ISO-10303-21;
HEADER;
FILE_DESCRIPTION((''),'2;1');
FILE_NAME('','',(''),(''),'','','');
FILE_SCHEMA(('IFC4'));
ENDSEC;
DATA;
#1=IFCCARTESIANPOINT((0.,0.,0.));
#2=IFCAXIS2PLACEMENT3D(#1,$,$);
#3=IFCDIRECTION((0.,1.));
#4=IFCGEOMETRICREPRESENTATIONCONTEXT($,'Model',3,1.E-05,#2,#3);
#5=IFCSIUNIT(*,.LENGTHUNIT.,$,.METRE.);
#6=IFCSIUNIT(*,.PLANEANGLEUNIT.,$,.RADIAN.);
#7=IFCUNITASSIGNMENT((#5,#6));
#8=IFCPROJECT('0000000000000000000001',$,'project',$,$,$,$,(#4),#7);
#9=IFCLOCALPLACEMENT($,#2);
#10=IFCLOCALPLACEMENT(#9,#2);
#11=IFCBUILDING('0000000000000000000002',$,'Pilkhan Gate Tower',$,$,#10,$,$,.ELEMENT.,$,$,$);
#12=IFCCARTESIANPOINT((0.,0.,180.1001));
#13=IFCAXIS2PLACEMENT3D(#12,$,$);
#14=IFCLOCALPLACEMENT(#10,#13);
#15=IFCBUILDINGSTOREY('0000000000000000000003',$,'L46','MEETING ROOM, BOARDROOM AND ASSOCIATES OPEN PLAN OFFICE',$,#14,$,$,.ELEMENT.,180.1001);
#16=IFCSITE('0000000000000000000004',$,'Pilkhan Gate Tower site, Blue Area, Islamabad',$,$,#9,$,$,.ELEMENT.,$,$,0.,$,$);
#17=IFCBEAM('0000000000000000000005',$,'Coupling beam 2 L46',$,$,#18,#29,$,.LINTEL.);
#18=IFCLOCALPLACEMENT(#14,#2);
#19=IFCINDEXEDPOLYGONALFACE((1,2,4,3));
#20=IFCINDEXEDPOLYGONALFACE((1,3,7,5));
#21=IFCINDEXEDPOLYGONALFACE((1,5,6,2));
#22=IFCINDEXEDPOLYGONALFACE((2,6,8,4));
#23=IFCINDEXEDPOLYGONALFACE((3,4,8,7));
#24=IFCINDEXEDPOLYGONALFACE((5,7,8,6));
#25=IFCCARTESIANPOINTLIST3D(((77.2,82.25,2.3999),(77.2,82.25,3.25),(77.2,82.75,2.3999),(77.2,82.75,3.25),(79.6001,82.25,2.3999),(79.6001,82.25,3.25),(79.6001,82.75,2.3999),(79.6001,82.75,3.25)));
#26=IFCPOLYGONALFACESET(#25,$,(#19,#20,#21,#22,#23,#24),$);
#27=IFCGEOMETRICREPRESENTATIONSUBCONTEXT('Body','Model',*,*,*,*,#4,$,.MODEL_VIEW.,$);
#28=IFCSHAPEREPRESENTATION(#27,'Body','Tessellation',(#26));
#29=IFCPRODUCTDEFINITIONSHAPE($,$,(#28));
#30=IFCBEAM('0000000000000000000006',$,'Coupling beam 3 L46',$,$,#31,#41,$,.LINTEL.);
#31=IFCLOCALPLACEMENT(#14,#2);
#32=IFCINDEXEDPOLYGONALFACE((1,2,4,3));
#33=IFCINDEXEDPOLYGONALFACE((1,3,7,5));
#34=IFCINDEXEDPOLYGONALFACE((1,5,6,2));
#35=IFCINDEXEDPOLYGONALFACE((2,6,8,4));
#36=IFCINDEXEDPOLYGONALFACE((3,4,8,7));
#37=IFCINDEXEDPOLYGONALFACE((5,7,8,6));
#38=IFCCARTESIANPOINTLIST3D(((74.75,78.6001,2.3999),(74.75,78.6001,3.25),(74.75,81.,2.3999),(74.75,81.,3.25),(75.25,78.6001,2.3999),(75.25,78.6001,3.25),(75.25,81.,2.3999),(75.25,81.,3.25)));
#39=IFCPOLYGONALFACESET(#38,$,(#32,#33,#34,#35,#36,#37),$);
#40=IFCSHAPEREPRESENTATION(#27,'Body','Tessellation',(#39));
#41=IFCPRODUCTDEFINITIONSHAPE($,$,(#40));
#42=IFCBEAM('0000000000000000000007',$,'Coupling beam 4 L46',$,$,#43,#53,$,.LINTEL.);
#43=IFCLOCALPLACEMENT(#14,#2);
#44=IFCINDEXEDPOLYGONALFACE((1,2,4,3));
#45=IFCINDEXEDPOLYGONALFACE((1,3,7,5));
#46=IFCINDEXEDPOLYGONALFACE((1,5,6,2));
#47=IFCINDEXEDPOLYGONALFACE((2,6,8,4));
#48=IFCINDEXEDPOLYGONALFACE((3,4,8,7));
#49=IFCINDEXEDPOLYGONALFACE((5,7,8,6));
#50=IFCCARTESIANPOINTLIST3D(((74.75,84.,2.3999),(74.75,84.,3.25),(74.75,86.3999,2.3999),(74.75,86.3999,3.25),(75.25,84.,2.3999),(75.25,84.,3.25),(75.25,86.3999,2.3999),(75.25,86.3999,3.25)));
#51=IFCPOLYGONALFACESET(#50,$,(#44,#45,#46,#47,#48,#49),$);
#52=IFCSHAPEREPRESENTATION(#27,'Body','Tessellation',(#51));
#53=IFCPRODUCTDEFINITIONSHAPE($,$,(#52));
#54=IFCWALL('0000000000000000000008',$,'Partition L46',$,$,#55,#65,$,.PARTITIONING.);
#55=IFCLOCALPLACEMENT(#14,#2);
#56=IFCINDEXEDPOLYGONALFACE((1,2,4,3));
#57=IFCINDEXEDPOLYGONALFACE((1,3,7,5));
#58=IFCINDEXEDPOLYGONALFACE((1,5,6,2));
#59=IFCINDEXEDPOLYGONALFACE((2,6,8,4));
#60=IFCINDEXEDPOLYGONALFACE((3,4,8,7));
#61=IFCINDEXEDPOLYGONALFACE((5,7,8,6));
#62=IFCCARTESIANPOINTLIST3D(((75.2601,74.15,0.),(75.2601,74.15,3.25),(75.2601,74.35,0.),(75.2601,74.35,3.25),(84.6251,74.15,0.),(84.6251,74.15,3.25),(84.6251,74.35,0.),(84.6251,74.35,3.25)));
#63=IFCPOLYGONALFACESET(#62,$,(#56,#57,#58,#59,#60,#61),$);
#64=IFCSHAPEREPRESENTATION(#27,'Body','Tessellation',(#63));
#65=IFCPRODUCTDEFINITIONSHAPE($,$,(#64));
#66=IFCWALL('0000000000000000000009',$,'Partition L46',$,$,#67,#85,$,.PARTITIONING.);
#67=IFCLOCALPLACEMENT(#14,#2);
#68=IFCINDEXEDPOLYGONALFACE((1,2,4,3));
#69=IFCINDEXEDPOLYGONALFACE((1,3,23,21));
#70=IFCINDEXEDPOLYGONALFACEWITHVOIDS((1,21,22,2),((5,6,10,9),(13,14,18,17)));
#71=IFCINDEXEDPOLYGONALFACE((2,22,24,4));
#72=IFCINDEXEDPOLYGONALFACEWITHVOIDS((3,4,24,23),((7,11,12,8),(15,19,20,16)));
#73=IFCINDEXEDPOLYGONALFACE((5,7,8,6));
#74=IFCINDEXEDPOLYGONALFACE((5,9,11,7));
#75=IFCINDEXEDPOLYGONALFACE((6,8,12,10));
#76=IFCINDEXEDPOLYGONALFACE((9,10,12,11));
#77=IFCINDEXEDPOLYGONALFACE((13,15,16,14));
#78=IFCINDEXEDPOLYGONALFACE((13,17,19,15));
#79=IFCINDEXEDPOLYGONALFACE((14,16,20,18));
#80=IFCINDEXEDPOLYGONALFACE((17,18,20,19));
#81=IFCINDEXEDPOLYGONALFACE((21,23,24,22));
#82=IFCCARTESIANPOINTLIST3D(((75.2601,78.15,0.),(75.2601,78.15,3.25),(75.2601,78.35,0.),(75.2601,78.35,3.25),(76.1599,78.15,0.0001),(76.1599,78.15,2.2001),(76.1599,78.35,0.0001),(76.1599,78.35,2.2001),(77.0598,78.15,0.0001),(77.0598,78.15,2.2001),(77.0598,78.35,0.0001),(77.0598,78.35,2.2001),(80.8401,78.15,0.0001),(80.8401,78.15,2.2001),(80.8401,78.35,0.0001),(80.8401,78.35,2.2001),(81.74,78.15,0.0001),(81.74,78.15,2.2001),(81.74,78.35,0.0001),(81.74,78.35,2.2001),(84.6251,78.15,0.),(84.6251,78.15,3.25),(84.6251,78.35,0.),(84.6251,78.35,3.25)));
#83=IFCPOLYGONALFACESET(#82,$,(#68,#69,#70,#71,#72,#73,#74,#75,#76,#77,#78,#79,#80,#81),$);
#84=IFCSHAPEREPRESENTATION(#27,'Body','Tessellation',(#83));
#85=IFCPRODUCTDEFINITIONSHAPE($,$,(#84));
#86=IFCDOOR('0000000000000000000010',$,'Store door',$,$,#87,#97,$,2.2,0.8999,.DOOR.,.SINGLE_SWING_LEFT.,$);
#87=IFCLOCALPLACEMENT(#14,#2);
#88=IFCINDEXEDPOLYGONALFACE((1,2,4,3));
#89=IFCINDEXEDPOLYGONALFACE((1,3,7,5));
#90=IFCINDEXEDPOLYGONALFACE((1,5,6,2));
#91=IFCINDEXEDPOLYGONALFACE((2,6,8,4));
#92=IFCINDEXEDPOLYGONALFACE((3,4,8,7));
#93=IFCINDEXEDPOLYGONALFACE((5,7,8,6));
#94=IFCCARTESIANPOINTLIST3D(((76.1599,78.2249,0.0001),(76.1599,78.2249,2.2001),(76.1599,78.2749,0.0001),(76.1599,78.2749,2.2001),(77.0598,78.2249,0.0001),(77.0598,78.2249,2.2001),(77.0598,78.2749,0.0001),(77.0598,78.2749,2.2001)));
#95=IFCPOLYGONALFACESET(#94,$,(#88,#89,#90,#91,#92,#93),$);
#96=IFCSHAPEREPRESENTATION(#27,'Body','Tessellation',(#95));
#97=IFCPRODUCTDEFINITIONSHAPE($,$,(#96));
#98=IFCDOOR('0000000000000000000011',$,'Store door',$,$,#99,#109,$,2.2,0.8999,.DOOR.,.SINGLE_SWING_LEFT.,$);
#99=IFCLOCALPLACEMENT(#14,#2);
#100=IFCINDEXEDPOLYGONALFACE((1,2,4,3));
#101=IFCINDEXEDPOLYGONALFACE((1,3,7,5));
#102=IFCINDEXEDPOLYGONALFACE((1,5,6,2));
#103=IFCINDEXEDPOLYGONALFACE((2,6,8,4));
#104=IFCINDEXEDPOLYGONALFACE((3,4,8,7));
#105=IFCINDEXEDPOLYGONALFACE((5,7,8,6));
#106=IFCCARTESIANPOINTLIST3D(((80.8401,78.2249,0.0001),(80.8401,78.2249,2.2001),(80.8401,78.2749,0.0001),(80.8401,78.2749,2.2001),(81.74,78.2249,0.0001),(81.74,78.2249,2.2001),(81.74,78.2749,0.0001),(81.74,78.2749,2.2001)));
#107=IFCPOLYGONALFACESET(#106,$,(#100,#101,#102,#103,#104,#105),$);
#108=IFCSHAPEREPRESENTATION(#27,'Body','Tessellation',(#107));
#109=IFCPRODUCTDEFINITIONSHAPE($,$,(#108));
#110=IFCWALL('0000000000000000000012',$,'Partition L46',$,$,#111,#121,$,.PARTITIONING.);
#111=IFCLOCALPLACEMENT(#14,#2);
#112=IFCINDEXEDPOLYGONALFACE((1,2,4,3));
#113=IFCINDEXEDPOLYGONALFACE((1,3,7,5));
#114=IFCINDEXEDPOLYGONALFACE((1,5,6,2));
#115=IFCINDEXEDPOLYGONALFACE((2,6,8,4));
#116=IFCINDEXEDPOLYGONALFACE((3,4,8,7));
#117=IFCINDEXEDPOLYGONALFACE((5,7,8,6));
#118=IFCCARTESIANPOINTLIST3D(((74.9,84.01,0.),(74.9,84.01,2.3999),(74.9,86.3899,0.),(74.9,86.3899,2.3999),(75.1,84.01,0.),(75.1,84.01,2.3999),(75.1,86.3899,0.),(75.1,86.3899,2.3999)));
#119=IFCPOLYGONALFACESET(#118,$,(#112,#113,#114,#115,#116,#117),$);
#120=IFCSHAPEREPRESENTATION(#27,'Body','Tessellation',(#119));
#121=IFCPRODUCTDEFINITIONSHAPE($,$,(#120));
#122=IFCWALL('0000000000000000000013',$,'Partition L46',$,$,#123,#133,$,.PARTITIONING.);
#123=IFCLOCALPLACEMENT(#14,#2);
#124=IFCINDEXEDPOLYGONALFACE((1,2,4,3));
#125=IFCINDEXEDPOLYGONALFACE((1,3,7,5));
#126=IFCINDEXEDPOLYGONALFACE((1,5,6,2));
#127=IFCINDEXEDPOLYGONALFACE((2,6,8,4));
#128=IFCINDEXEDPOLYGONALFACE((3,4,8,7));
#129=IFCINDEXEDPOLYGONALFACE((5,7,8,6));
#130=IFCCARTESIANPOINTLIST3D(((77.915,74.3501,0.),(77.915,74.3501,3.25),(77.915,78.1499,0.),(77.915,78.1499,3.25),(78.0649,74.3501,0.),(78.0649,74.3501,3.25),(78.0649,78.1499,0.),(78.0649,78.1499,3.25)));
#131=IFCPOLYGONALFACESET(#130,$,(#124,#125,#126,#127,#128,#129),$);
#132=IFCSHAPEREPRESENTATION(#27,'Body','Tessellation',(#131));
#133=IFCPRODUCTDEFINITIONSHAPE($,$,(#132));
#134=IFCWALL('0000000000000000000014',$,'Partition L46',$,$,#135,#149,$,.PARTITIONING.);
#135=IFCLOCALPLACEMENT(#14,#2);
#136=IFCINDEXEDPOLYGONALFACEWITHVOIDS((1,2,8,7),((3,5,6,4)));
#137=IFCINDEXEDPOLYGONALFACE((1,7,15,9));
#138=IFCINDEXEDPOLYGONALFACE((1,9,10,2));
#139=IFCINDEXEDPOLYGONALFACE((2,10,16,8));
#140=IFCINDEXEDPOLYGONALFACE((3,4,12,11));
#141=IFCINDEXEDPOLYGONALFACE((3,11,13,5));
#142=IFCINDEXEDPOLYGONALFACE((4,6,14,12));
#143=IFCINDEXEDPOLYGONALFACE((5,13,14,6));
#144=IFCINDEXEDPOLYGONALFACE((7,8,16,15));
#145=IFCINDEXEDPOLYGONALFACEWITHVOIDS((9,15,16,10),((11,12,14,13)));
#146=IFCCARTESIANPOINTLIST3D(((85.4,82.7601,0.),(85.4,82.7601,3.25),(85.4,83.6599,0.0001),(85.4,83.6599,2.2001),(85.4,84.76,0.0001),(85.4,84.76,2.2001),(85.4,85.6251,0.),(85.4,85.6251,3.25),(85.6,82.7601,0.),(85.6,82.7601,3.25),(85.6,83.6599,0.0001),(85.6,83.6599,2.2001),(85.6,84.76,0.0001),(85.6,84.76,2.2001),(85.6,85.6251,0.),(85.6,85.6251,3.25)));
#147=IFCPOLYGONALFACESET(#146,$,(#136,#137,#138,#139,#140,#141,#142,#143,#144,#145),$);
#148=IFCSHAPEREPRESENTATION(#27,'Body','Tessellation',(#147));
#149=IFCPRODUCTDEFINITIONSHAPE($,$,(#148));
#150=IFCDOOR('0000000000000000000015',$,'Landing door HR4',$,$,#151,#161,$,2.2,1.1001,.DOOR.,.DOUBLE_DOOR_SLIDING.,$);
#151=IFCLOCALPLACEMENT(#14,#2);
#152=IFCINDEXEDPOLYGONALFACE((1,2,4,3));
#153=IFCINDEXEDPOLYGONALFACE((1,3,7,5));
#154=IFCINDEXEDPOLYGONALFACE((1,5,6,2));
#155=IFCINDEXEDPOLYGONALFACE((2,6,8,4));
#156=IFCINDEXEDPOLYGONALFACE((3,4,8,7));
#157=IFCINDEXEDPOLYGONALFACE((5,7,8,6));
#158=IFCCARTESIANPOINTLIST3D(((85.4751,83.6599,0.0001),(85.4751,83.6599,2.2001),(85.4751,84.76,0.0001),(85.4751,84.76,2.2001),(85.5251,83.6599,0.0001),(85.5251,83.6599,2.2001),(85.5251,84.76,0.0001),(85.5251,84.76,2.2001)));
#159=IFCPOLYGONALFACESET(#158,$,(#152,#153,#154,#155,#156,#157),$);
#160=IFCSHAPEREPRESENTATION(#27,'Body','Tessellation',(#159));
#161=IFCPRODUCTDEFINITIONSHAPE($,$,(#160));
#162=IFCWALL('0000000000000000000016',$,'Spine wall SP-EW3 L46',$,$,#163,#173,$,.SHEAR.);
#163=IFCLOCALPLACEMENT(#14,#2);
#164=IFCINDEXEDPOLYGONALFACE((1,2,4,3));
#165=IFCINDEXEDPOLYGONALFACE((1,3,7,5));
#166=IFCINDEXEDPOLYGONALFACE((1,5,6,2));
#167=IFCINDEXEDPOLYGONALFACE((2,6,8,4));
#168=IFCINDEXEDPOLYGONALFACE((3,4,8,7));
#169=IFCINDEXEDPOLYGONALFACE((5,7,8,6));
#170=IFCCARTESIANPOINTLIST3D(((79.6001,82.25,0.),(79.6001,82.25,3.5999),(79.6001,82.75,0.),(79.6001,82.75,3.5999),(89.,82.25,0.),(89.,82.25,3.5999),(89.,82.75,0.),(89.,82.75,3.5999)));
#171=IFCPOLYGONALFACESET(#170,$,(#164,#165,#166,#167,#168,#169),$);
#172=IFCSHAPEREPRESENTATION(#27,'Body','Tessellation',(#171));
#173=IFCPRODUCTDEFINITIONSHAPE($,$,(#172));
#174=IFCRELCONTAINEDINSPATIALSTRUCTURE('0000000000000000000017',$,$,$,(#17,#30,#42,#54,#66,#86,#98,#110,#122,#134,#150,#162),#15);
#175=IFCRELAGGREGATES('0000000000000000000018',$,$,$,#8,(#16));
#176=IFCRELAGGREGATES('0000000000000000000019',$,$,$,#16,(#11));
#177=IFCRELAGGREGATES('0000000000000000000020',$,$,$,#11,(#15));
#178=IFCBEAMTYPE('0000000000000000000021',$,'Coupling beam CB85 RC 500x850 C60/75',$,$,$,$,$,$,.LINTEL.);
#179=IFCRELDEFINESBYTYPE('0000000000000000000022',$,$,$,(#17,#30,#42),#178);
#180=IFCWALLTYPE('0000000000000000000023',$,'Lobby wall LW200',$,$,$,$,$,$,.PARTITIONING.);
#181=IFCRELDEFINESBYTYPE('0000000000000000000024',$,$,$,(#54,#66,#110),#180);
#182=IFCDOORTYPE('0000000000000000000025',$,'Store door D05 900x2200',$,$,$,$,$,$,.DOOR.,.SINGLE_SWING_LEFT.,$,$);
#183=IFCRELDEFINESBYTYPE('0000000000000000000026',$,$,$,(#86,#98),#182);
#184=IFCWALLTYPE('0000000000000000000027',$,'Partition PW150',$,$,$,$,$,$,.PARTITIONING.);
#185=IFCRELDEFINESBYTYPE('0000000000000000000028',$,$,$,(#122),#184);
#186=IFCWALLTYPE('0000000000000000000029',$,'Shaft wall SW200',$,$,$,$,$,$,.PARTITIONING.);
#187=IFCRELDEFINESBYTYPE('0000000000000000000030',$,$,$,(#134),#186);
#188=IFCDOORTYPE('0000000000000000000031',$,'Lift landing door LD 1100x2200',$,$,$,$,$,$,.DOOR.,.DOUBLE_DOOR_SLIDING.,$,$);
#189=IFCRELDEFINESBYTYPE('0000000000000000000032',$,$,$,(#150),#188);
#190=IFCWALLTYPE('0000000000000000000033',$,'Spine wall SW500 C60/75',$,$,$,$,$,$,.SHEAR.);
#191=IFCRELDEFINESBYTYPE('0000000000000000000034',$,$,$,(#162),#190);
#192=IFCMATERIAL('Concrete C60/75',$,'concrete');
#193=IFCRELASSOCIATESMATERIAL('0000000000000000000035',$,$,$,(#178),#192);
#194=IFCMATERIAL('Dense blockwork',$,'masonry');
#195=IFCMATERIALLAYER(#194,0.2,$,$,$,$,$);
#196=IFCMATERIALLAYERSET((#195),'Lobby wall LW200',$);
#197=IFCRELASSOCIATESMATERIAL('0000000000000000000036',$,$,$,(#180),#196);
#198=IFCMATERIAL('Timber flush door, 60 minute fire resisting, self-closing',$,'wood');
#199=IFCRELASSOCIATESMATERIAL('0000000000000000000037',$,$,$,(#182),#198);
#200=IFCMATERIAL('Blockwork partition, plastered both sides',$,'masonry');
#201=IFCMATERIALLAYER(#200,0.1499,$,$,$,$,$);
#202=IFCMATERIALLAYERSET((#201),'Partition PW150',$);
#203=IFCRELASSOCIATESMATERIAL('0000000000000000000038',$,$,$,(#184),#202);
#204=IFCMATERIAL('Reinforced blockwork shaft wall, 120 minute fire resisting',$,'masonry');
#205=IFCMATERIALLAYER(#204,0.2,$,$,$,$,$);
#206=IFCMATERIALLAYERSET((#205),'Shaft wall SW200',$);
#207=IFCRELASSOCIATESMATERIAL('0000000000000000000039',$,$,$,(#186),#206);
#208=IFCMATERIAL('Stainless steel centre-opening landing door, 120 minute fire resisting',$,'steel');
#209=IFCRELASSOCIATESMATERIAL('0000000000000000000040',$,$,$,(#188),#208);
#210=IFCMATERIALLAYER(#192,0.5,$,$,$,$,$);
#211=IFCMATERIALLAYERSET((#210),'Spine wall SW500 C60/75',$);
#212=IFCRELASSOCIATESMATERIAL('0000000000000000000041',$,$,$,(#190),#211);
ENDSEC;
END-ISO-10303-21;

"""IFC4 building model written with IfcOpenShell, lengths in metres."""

from ifc_helpers import new_model, si_unit, direction, frame, frame_2d, origin, origin_2d, place, context, subcontext, project, spatial, rectangle, extrude, material, layer, layer_set, material_profile, profile_set, type_object, element, fill, save


model = new_model("IFC4")

# Units and contexts
model_context = context("Model", 3, precision=1e-05, world=origin(), true_north=direction((0.0, 1.0)))
body_context = subcontext(model_context, "Body", "Model", "MODEL_VIEW")
ifc_project = project(units=[si_unit("LENGTHUNIT", "METRE"), si_unit("PLANEANGLEUNIT", "RADIAN")], contexts=[model_context])

# Site, building, storey
site_placement = place(None, origin())
site = spatial("IfcSite", under=ifc_project, at=site_placement, Name="Pilkhan Gate Tower site, Blue Area, Islamabad", CompositionType="ELEMENT", RefElevation=0.0)
building_placement = place(site_placement, origin())
building = spatial("IfcBuilding", under=site, at=building_placement, Name="Pilkhan Gate Tower", CompositionType="ELEMENT")
storey_placement = place(building_placement, frame((0.0, 0.0, 180.1001)))
storey = spatial("IfcBuildingStorey", under=building, at=storey_placement, Name="L46", Description="MEETING ROOM, BOARDROOM AND ASSOCIATES OPEN PLAN OFFICE", CompositionType="ELEMENT", Elevation=180.1001)

# Beams
ifc_material_1 = material(Name="Concrete C60/75", Category="concrete")
ifc_material_profile = material_profile(ifc_material_1, rectangle(XDim=0.5, YDim=0.8501, at=origin_2d()), Name="RC 500x850")
ifc_profile_set = profile_set([ifc_material_profile], Name="Concrete C60/75")
beam_type = type_object("IfcBeamType", Name="Coupling beam CB85 RC 500x850 C60/75", PredefinedType="LINTEL", material=ifc_profile_set)
beam_placement = place(storey_placement, frame((77.2, 82.5, 2.825), z_axis=(1.0, 0.0, 0.0), x_axis=(0.0, 1.0, 0.0)))
element("IfcBeam", 1, at=beam_placement, inside=storey, type_object=beam_type, Name="Coupling beam 2 L46", PredefinedType="LINTEL", context=body_context, shape_type="SweptSolid", body=[
    extrude(rectangle(XDim=0.5, YDim=0.8501, at=origin_2d()), origin(), (0.0, 0.0, 1.0), 2.4001),
])
for number, where, z_axis, x_axis, name in (
    (2, (75.0, 78.6001, 2.825), (0.0, 1.0, 0.0), (-1.0, 0.0, 0.0), "Coupling beam 3 L46"),
    (3, (75.0, 84.0, 2.825), (0.0, 1.0, 0.0), (-1.0, 0.0, 0.0), "Coupling beam 4 L46"),
):
    element("IfcBeam", number, at=place(storey_placement, frame(where, z_axis=z_axis, x_axis=x_axis)), inside=storey, type_object=beam_type, Name=name, PredefinedType="LINTEL", context=body_context, shape_type="SweptSolid", body=[
        extrude(rectangle(XDim=0.5, YDim=0.8501, at=origin_2d()), origin(), (0.0, 0.0, 1.0), 2.3999),
    ])

# Wall
ifc_material_2 = material(Name="Dense blockwork", Category="masonry")
ifc_layer_1 = layer(ifc_material_2, 0.2)
ifc_layer_set_1 = layer_set([ifc_layer_1], Name="Lobby wall LW200")
wall_type_1 = type_object("IfcWallType", Name="Lobby wall LW200", PredefinedType="PARTITIONING", material=ifc_layer_set_1)
wall_1_placement = place(storey_placement, frame((75.26, 74.25, 0.0), z_axis=(0.0, 0.0, 1.0), x_axis=(1.0, 0.0, 0.0)))
element("IfcWall", 4, at=wall_1_placement, inside=storey, type_object=wall_type_1, Name="Partition L46", PredefinedType="PARTITIONING", context=body_context, shape_type="SweptSolid", body=[
    extrude(rectangle(XDim=9.365, YDim=0.2, at=frame_2d((4.6826, 0.0))), origin(), (0.0, 0.0, 1.0), 3.25),
])

# Wall, openings, doors
wall_2_placement = place(storey_placement, frame((75.26, 78.25, 0.0), z_axis=(0.0, 0.0, 1.0), x_axis=(1.0, 0.0, 0.0)))
wall_2 = element("IfcWall", 5, at=wall_2_placement, inside=storey, type_object=wall_type_1, Name="Partition L46", PredefinedType="PARTITIONING", context=body_context, shape_type="SweptSolid", body=[
    extrude(rectangle(XDim=9.365, YDim=0.2, at=frame_2d((4.6826, 0.0))), origin(), (0.0, 0.0, 1.0), 3.25),
])
opening_1_placement = place(wall_2_placement, frame((0.8999, 0.0, 0.0)))
opening_1 = element("IfcOpeningElement", 6, at=opening_1_placement, cuts=wall_2, PredefinedType="OPENING", context=body_context, shape_type="SweptSolid", body=[
    extrude(rectangle(XDim=0.8999, YDim=2.2, at=frame_2d((0.45, 1.1001))), frame((0.0, 0.1099, 0.0), z_axis=(0.0, -1.0, 0.0), x_axis=(1.0, 0.0, 0.0)), (0.0, 0.0, 1.0), 0.22),
])
opening_2_placement = place(wall_2_placement, frame((5.5801, 0.0, 0.0)))
opening_2 = element("IfcOpeningElement", 7, at=opening_2_placement, cuts=wall_2, PredefinedType="OPENING", context=body_context, shape_type="SweptSolid", body=[
    extrude(rectangle(XDim=0.8999, YDim=2.2, at=frame_2d((0.45, 1.1001))), frame((0.0, 0.1099, 0.0), z_axis=(0.0, -1.0, 0.0), x_axis=(1.0, 0.0, 0.0)), (0.0, 0.0, 1.0), 0.22),
])
ifc_material_3 = material(Name="Timber flush door, 60 minute fire resisting, self-closing", Category="wood")
door_type_1 = type_object("IfcDoorType", Name="Store door D05 900x2200", OperationType="SINGLE_SWING_LEFT", PredefinedType="DOOR", material=ifc_material_3)
door_1_placement = place(opening_1_placement, origin())
door_1 = element("IfcDoor", 8, at=door_1_placement, inside=storey, type_object=door_type_1, Name="Store door", OperationType="SINGLE_SWING_LEFT", OverallHeight=2.2, OverallWidth=0.8999, PredefinedType="DOOR", context=body_context, shape_type="SweptSolid", body=[
    extrude(rectangle(XDim=0.8999, YDim=2.2, at=frame_2d((0.45, 1.1001))), frame((0.0, 0.0249, 0.0), z_axis=(0.0, -1.0, 0.0), x_axis=(1.0, 0.0, 0.0)), (0.0, 0.0, 1.0), 0.05),
])
fill(opening_1, door_1)
door_2_placement = place(opening_2_placement, origin())
door_2 = element("IfcDoor", 9, at=door_2_placement, inside=storey, type_object=door_type_1, Name="Store door", OperationType="SINGLE_SWING_LEFT", OverallHeight=2.2, OverallWidth=0.8999, PredefinedType="DOOR", context=body_context, shape_type="SweptSolid", body=[
    extrude(rectangle(XDim=0.8999, YDim=2.2, at=frame_2d((0.45, 1.1001))), frame((0.0, 0.0249, 0.0), z_axis=(0.0, -1.0, 0.0), x_axis=(1.0, 0.0, 0.0)), (0.0, 0.0, 1.0), 0.05),
])
fill(opening_2, door_2)

# Walls
wall_3_placement = place(storey_placement, frame((75.0, 84.01, 0.0), z_axis=(0.0, 0.0, 1.0), x_axis=(0.0, 1.0, 0.0)))
element("IfcWall", 10, at=wall_3_placement, inside=storey, type_object=wall_type_1, Name="Partition L46", PredefinedType="PARTITIONING", context=body_context, shape_type="SweptSolid", body=[
    extrude(rectangle(XDim=2.3799, YDim=0.2, at=frame_2d((1.1899, 0.0))), origin(), (0.0, 0.0, 1.0), 2.3999),
])
ifc_material_4 = material(Name="Blockwork partition, plastered both sides", Category="masonry")
ifc_layer_2 = layer(ifc_material_4, 0.1499)
ifc_layer_set_2 = layer_set([ifc_layer_2], Name="Partition PW150")
wall_type_2 = type_object("IfcWallType", Name="Partition PW150", PredefinedType="PARTITIONING", material=ifc_layer_set_2)
wall_4_placement = place(storey_placement, frame((77.99, 74.3501, 0.0), z_axis=(0.0, 0.0, 1.0), x_axis=(0.0, 1.0, 0.0)))
element("IfcWall", 11, at=wall_4_placement, inside=storey, type_object=wall_type_2, Name="Partition L46", PredefinedType="PARTITIONING", context=body_context, shape_type="SweptSolid", body=[
    extrude(rectangle(XDim=3.7998, YDim=0.1499, at=frame_2d((1.8999, 0.0))), origin(), (0.0, 0.0, 1.0), 3.25),
])

# Wall, opening, door
ifc_material_5 = material(Name="Reinforced blockwork shaft wall, 120 minute fire resisting", Category="masonry")
ifc_layer_3 = layer(ifc_material_5, 0.2)
ifc_layer_set_3 = layer_set([ifc_layer_3], Name="Shaft wall SW200")
wall_type_3 = type_object("IfcWallType", Name="Shaft wall SW200", PredefinedType="PARTITIONING", material=ifc_layer_set_3)
wall_5_placement = place(storey_placement, frame((85.5, 82.76, 0.0), z_axis=(0.0, 0.0, 1.0), x_axis=(0.0, 1.0, 0.0)))
wall_5 = element("IfcWall", 12, at=wall_5_placement, inside=storey, type_object=wall_type_3, Name="Partition L46", PredefinedType="PARTITIONING", context=body_context, shape_type="SweptSolid", body=[
    extrude(rectangle(XDim=2.865, YDim=0.2, at=frame_2d((1.4326, 0.0))), origin(), (0.0, 0.0, 1.0), 3.25),
])
opening_3_placement = place(wall_5_placement, frame((0.8999, 0.0, 0.0)))
opening_3 = element("IfcOpeningElement", 13, at=opening_3_placement, cuts=wall_5, PredefinedType="OPENING", context=body_context, shape_type="SweptSolid", body=[
    extrude(rectangle(XDim=1.1001, YDim=2.2, at=frame_2d((0.55, 1.1001))), frame((0.0, 0.1099, 0.0), z_axis=(0.0, -1.0, 0.0), x_axis=(1.0, 0.0, 0.0)), (0.0, 0.0, 1.0), 0.22),
])
ifc_material_6 = material(Name="Stainless steel centre-opening landing door, 120 minute fire resisting", Category="steel")
door_type_2 = type_object("IfcDoorType", Name="Lift landing door LD 1100x2200", OperationType="DOUBLE_DOOR_SLIDING", PredefinedType="DOOR", material=ifc_material_6)
door_3_placement = place(opening_3_placement, origin())
door_3 = element("IfcDoor", 14, at=door_3_placement, inside=storey, type_object=door_type_2, Name="Landing door HR4", OperationType="DOUBLE_DOOR_SLIDING", OverallHeight=2.2, OverallWidth=1.1001, PredefinedType="DOOR", context=body_context, shape_type="SweptSolid", body=[
    extrude(rectangle(XDim=1.1001, YDim=2.2, at=frame_2d((0.55, 1.1001))), frame((0.0, 0.0249, 0.0), z_axis=(0.0, -1.0, 0.0), x_axis=(1.0, 0.0, 0.0)), (0.0, 0.0, 1.0), 0.05),
])
fill(opening_3, door_3)

# Wall
ifc_layer_4 = layer(ifc_material_1, 0.5)
ifc_layer_set_4 = layer_set([ifc_layer_4], Name="Spine wall SW500 C60/75")
wall_type_4 = type_object("IfcWallType", Name="Spine wall SW500 C60/75", PredefinedType="SHEAR", material=ifc_layer_set_4)
wall_6_placement = place(storey_placement, frame((79.6001, 82.5, 0.0), z_axis=(0.0, 0.0, 1.0), x_axis=(1.0, 0.0, 0.0)))
element("IfcWall", 15, at=wall_6_placement, inside=storey, type_object=wall_type_4, Name="Spine wall SP-EW3 L46", PredefinedType="SHEAR", context=body_context, shape_type="SweptSolid", body=[
    extrude(rectangle(XDim=9.3999, YDim=0.5, at=frame_2d((4.7, 0.0))), origin(), (0.0, 0.0, 1.0), 3.5999),
])

save(model, "model.ifc")
